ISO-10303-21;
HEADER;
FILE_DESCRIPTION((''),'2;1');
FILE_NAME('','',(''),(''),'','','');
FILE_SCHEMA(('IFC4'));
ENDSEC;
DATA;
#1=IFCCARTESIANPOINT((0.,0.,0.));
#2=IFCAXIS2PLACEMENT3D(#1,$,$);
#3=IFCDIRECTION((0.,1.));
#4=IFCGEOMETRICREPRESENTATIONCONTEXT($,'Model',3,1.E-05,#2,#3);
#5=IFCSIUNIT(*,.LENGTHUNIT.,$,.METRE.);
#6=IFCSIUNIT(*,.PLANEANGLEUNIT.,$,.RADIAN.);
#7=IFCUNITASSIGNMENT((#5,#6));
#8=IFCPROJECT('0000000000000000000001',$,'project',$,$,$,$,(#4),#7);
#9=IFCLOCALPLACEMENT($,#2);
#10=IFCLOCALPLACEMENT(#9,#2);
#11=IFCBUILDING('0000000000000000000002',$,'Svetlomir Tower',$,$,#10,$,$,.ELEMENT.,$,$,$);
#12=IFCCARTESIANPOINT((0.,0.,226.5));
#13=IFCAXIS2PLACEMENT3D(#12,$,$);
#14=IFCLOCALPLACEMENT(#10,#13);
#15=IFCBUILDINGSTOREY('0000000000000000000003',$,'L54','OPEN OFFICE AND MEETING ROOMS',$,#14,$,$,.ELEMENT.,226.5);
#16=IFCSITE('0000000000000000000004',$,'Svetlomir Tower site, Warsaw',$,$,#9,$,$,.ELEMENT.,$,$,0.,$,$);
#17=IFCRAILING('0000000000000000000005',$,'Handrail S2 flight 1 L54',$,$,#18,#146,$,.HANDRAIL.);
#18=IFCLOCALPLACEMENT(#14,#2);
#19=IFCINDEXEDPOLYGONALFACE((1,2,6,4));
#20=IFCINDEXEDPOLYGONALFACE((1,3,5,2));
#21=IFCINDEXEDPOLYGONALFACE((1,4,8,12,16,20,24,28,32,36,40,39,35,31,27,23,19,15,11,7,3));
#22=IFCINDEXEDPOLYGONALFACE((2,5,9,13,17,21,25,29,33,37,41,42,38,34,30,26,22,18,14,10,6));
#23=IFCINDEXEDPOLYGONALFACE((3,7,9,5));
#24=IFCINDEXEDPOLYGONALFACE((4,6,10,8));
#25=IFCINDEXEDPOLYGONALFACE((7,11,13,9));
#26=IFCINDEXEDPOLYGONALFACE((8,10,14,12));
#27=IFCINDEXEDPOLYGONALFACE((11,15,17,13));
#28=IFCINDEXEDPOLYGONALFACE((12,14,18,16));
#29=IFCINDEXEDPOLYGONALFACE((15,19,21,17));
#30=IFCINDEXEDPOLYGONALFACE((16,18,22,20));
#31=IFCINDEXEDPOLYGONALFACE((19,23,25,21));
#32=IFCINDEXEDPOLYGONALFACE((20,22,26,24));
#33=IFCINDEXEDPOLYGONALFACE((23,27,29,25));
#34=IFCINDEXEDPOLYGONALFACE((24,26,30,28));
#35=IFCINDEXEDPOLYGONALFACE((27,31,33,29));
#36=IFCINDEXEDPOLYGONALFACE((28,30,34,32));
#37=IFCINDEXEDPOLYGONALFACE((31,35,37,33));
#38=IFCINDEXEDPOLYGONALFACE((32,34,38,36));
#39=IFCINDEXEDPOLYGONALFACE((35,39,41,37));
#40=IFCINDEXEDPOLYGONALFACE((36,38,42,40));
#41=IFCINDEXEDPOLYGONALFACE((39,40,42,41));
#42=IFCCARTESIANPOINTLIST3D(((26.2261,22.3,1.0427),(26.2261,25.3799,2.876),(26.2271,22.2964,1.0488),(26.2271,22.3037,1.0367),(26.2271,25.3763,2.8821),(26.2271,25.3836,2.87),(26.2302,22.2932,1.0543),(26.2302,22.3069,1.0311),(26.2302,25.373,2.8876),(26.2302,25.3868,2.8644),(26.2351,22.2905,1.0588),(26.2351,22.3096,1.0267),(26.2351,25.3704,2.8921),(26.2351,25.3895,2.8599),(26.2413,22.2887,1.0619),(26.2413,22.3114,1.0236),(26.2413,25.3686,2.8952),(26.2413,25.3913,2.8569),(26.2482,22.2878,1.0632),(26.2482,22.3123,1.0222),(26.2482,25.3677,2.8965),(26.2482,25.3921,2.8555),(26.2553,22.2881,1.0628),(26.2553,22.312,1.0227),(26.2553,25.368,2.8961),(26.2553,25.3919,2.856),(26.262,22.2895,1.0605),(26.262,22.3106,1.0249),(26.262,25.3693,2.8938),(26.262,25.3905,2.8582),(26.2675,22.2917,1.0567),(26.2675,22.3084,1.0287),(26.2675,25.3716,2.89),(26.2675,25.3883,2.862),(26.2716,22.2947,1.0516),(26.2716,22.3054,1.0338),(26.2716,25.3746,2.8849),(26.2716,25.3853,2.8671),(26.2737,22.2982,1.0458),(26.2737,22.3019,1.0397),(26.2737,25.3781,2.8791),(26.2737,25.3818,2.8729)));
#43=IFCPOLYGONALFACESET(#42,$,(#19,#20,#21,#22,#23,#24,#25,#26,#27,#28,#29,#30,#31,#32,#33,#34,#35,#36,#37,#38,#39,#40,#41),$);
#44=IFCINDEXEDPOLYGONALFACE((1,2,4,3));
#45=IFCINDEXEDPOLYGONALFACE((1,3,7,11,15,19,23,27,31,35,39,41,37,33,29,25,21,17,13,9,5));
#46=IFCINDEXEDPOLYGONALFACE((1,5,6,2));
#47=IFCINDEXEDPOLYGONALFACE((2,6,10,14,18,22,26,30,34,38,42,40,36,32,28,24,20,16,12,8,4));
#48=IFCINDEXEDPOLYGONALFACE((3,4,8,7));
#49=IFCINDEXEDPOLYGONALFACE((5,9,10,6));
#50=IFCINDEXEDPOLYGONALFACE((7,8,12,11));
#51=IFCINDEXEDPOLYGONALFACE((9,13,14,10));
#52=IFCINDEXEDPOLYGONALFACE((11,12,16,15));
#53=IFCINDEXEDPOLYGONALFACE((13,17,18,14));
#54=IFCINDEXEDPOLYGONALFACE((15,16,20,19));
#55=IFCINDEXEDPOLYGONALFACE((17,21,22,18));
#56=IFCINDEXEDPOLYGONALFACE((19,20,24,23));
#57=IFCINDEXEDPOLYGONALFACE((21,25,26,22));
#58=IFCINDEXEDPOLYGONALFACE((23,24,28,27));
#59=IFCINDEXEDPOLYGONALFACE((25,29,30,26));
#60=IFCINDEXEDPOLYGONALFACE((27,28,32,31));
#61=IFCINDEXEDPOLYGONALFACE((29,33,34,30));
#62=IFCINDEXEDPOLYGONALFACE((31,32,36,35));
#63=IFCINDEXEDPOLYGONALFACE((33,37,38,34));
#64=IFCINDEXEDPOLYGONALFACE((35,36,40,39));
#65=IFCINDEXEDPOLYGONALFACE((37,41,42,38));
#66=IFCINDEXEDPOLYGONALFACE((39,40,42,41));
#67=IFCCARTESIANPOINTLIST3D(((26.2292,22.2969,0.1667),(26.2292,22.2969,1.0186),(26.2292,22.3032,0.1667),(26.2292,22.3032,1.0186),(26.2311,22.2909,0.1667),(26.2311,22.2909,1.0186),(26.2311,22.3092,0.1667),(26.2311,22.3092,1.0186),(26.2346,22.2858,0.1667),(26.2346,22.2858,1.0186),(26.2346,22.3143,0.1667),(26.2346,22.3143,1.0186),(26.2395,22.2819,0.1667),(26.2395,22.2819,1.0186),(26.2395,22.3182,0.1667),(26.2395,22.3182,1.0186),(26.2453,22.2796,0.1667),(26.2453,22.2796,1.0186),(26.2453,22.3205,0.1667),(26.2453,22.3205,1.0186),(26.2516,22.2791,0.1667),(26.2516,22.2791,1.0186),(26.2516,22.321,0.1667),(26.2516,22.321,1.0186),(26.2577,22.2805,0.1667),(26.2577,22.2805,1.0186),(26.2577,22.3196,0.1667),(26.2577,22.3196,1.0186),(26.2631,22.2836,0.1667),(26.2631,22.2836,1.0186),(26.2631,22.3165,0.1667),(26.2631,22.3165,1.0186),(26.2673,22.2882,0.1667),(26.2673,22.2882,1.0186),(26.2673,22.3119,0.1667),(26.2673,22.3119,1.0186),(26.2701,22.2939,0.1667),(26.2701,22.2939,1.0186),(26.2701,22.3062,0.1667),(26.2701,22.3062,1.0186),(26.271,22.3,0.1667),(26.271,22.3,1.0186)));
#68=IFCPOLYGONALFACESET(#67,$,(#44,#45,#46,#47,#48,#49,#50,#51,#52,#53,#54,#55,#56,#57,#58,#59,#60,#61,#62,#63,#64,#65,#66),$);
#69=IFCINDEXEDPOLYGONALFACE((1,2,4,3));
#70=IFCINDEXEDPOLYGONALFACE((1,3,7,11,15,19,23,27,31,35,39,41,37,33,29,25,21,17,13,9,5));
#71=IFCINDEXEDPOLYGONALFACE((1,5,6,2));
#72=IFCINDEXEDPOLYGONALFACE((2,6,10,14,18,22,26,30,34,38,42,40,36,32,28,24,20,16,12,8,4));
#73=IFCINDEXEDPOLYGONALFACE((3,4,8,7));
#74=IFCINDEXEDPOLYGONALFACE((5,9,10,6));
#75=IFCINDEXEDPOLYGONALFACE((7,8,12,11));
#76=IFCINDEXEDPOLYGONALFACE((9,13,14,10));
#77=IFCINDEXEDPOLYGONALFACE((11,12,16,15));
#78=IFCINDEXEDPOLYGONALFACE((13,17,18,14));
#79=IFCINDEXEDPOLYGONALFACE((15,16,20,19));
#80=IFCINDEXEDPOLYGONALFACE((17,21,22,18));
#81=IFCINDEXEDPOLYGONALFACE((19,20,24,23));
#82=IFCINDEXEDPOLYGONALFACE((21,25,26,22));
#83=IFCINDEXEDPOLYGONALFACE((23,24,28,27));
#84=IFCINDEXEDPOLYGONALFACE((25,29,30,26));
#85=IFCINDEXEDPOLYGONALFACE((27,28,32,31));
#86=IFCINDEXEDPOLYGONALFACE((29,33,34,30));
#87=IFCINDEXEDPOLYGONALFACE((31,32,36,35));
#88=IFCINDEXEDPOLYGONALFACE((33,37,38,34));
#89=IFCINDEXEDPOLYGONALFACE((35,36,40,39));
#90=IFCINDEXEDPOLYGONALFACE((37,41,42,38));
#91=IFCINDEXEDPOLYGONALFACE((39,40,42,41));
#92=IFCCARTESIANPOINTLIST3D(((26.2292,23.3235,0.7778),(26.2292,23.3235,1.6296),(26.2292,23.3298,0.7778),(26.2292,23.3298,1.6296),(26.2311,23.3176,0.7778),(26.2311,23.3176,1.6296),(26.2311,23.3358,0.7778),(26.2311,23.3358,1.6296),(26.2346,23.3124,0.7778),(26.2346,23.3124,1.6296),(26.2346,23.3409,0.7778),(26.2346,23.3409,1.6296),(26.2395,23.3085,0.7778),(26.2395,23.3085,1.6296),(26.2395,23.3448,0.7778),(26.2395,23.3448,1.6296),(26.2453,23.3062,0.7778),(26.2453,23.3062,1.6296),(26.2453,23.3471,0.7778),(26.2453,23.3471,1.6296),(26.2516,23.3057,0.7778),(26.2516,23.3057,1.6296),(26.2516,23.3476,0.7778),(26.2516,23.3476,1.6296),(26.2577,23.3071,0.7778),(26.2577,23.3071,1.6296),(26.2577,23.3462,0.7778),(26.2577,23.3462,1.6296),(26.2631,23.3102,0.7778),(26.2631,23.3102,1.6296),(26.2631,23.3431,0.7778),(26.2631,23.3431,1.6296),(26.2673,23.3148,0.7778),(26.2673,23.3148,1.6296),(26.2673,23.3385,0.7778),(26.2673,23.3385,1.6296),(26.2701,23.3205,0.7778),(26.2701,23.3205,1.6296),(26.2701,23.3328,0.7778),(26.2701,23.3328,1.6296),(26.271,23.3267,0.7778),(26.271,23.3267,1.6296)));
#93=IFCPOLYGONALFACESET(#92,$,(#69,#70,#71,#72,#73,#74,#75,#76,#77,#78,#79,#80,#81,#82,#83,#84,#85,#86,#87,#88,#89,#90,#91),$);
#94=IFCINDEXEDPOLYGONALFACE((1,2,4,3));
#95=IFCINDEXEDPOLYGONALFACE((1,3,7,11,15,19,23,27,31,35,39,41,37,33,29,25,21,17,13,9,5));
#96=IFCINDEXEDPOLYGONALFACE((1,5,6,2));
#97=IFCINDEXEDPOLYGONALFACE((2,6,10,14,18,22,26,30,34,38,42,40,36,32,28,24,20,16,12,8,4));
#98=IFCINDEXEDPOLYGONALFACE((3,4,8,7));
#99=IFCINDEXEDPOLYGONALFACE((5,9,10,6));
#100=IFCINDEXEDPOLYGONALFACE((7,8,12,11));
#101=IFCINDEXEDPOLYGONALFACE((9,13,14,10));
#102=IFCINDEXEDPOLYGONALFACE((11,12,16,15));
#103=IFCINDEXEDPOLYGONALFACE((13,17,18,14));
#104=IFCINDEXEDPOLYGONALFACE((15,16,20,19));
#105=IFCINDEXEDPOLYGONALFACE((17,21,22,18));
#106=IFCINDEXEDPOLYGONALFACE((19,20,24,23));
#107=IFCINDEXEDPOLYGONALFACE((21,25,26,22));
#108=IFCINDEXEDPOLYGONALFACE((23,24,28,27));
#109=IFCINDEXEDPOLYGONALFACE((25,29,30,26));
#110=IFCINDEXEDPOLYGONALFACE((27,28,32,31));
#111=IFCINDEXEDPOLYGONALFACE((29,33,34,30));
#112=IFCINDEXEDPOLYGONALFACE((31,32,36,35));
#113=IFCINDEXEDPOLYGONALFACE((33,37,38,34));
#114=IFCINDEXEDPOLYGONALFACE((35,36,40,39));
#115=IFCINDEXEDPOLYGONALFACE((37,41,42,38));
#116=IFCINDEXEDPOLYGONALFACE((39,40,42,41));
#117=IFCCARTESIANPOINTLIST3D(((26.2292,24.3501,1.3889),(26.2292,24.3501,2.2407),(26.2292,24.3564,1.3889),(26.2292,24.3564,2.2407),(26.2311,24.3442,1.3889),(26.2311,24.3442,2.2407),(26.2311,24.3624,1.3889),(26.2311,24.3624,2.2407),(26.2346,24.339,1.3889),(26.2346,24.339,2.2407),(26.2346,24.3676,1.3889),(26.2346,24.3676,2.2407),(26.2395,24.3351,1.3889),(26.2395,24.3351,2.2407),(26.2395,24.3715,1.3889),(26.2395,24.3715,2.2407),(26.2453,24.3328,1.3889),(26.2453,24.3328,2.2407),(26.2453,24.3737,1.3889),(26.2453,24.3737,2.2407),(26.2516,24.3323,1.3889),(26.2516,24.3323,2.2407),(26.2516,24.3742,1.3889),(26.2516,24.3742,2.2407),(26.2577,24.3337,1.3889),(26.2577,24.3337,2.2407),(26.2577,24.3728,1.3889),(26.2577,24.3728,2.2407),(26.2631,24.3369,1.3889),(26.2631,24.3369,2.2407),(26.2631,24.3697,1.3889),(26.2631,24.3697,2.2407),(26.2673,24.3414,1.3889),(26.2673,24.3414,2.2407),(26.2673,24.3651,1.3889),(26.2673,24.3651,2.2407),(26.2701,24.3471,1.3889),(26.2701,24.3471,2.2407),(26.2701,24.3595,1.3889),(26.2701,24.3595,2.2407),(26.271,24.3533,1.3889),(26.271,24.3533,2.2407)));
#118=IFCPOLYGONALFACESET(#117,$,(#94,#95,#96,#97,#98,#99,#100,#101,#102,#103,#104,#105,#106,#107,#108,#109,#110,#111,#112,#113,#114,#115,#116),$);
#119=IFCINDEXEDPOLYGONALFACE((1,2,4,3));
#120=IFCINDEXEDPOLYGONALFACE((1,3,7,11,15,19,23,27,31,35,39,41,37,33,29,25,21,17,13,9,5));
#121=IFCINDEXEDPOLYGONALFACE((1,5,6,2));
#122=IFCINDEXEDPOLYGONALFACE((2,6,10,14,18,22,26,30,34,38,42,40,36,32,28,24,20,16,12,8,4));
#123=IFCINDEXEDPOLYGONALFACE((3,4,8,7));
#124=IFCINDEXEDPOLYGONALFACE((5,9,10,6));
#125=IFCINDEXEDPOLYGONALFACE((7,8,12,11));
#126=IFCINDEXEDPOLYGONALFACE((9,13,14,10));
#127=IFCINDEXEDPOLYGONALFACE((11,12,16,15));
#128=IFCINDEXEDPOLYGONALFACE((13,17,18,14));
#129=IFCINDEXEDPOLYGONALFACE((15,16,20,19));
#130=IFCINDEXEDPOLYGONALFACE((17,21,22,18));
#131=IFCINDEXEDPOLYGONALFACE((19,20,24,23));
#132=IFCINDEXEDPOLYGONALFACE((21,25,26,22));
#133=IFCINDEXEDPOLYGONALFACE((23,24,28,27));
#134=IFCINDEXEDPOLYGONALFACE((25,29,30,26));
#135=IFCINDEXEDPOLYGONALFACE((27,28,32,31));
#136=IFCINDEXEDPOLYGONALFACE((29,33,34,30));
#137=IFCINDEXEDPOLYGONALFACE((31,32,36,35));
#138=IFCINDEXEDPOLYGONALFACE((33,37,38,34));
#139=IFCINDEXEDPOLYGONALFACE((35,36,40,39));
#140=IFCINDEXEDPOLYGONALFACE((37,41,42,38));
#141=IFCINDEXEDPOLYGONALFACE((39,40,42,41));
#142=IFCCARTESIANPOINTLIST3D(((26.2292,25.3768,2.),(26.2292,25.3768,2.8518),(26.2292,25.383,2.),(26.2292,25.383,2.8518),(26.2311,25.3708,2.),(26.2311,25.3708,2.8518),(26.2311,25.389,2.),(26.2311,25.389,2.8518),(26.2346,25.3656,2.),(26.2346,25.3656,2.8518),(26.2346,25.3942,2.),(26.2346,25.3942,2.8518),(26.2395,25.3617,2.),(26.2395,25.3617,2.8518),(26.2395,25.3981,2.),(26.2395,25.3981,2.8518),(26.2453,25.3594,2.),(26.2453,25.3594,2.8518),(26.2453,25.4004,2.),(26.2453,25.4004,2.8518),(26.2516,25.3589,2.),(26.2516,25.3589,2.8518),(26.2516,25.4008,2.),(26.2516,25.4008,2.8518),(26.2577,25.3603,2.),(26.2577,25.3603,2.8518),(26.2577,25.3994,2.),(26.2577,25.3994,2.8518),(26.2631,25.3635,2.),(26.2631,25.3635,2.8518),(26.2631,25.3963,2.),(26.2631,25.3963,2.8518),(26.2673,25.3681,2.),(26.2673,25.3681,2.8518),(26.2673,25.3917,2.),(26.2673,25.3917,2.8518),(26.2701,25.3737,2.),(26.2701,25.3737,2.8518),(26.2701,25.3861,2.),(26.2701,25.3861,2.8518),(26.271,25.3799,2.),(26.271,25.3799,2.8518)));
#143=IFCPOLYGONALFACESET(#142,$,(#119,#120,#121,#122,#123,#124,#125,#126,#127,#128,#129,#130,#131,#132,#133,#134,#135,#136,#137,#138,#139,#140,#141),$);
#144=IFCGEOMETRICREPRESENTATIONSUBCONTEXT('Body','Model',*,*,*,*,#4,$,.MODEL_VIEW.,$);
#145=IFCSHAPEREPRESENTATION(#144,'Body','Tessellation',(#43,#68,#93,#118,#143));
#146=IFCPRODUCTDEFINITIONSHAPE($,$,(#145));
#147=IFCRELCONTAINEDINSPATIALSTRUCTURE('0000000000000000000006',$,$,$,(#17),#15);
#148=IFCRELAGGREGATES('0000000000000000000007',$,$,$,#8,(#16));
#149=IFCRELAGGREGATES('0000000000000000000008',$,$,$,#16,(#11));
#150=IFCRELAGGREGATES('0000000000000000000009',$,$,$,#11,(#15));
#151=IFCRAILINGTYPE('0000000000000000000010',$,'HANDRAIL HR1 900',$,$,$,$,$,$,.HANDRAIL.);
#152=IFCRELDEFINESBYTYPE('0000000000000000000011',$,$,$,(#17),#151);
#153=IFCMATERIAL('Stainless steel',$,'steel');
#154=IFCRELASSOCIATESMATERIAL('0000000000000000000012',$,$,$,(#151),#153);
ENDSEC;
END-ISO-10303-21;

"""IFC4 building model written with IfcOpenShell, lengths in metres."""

from ifc_helpers import new_model, si_unit, direction, frame, origin, origin_2d, place, context, subcontext, project, spatial, circle, extrude, material, type_object, element, save


model = new_model("IFC4")

# Units and contexts
model_context = context("Model", 3, precision=1e-05, world=origin(), true_north=direction((0.0, 1.0)))
body_context = subcontext(model_context, "Body", "Model", "MODEL_VIEW")
ifc_project = project(units=[si_unit("LENGTHUNIT", "METRE"), si_unit("PLANEANGLEUNIT", "RADIAN")], contexts=[model_context])

# Site, building, storey
site_placement = place(None, origin())
site = spatial("IfcSite", under=ifc_project, at=site_placement, Name="Svetlomir Tower site, Warsaw", CompositionType="ELEMENT", RefElevation=0.0)
building_placement = place(site_placement, origin())
building = spatial("IfcBuilding", under=site, at=building_placement, Name="Svetlomir Tower", CompositionType="ELEMENT")
storey_placement = place(building_placement, frame((0.0, 0.0, 226.5)))
storey = spatial("IfcBuildingStorey", under=building, at=storey_placement, Name="L54", Description="OPEN OFFICE AND MEETING ROOMS", CompositionType="ELEMENT", Elevation=226.5)

# Railing
ifc_material_1 = material(Name="Stainless steel", Category="steel")
railing_type = type_object("IfcRailingType", Name="HANDRAIL HR1 900", PredefinedType="HANDRAIL", material=ifc_material_1)
railing_1_placement = place(storey_placement, frame((26.25, 22.3, 0.1667)))
element("IfcRailing", 1, at=railing_1_placement, inside=storey, type_object=railing_type, Name="Handrail S2 flight 1 L54", PredefinedType="HANDRAIL", context=body_context, shape_type="SweptSolid", body=[
    extrude(circle(Radius=0.0239, at=origin_2d()), frame((0.0, 0.0, 0.876), z_axis=(0.0, 0.859291, 0.511487), x_axis=(-1.0, 0.0, 0.0)), (0.0, 0.0, 1.0), 3.5842),
    extrude(circle(Radius=0.021, at=origin_2d()), origin(), (0.0, 0.0, 1.0), 0.8518),
    extrude(circle(Radius=0.021, at=origin_2d()), frame((0.0, 1.0266, 0.6111)), (0.0, 0.0, 1.0), 0.8518),
    extrude(circle(Radius=0.021, at=origin_2d()), frame((0.0, 2.0532, 1.2222)), (0.0, 0.0, 1.0), 0.8518),
    extrude(circle(Radius=0.021, at=origin_2d()), frame((0.0, 3.0798, 1.8333)), (0.0, 0.0, 1.0), 0.8518),
])

save(model, "model.ifc")
